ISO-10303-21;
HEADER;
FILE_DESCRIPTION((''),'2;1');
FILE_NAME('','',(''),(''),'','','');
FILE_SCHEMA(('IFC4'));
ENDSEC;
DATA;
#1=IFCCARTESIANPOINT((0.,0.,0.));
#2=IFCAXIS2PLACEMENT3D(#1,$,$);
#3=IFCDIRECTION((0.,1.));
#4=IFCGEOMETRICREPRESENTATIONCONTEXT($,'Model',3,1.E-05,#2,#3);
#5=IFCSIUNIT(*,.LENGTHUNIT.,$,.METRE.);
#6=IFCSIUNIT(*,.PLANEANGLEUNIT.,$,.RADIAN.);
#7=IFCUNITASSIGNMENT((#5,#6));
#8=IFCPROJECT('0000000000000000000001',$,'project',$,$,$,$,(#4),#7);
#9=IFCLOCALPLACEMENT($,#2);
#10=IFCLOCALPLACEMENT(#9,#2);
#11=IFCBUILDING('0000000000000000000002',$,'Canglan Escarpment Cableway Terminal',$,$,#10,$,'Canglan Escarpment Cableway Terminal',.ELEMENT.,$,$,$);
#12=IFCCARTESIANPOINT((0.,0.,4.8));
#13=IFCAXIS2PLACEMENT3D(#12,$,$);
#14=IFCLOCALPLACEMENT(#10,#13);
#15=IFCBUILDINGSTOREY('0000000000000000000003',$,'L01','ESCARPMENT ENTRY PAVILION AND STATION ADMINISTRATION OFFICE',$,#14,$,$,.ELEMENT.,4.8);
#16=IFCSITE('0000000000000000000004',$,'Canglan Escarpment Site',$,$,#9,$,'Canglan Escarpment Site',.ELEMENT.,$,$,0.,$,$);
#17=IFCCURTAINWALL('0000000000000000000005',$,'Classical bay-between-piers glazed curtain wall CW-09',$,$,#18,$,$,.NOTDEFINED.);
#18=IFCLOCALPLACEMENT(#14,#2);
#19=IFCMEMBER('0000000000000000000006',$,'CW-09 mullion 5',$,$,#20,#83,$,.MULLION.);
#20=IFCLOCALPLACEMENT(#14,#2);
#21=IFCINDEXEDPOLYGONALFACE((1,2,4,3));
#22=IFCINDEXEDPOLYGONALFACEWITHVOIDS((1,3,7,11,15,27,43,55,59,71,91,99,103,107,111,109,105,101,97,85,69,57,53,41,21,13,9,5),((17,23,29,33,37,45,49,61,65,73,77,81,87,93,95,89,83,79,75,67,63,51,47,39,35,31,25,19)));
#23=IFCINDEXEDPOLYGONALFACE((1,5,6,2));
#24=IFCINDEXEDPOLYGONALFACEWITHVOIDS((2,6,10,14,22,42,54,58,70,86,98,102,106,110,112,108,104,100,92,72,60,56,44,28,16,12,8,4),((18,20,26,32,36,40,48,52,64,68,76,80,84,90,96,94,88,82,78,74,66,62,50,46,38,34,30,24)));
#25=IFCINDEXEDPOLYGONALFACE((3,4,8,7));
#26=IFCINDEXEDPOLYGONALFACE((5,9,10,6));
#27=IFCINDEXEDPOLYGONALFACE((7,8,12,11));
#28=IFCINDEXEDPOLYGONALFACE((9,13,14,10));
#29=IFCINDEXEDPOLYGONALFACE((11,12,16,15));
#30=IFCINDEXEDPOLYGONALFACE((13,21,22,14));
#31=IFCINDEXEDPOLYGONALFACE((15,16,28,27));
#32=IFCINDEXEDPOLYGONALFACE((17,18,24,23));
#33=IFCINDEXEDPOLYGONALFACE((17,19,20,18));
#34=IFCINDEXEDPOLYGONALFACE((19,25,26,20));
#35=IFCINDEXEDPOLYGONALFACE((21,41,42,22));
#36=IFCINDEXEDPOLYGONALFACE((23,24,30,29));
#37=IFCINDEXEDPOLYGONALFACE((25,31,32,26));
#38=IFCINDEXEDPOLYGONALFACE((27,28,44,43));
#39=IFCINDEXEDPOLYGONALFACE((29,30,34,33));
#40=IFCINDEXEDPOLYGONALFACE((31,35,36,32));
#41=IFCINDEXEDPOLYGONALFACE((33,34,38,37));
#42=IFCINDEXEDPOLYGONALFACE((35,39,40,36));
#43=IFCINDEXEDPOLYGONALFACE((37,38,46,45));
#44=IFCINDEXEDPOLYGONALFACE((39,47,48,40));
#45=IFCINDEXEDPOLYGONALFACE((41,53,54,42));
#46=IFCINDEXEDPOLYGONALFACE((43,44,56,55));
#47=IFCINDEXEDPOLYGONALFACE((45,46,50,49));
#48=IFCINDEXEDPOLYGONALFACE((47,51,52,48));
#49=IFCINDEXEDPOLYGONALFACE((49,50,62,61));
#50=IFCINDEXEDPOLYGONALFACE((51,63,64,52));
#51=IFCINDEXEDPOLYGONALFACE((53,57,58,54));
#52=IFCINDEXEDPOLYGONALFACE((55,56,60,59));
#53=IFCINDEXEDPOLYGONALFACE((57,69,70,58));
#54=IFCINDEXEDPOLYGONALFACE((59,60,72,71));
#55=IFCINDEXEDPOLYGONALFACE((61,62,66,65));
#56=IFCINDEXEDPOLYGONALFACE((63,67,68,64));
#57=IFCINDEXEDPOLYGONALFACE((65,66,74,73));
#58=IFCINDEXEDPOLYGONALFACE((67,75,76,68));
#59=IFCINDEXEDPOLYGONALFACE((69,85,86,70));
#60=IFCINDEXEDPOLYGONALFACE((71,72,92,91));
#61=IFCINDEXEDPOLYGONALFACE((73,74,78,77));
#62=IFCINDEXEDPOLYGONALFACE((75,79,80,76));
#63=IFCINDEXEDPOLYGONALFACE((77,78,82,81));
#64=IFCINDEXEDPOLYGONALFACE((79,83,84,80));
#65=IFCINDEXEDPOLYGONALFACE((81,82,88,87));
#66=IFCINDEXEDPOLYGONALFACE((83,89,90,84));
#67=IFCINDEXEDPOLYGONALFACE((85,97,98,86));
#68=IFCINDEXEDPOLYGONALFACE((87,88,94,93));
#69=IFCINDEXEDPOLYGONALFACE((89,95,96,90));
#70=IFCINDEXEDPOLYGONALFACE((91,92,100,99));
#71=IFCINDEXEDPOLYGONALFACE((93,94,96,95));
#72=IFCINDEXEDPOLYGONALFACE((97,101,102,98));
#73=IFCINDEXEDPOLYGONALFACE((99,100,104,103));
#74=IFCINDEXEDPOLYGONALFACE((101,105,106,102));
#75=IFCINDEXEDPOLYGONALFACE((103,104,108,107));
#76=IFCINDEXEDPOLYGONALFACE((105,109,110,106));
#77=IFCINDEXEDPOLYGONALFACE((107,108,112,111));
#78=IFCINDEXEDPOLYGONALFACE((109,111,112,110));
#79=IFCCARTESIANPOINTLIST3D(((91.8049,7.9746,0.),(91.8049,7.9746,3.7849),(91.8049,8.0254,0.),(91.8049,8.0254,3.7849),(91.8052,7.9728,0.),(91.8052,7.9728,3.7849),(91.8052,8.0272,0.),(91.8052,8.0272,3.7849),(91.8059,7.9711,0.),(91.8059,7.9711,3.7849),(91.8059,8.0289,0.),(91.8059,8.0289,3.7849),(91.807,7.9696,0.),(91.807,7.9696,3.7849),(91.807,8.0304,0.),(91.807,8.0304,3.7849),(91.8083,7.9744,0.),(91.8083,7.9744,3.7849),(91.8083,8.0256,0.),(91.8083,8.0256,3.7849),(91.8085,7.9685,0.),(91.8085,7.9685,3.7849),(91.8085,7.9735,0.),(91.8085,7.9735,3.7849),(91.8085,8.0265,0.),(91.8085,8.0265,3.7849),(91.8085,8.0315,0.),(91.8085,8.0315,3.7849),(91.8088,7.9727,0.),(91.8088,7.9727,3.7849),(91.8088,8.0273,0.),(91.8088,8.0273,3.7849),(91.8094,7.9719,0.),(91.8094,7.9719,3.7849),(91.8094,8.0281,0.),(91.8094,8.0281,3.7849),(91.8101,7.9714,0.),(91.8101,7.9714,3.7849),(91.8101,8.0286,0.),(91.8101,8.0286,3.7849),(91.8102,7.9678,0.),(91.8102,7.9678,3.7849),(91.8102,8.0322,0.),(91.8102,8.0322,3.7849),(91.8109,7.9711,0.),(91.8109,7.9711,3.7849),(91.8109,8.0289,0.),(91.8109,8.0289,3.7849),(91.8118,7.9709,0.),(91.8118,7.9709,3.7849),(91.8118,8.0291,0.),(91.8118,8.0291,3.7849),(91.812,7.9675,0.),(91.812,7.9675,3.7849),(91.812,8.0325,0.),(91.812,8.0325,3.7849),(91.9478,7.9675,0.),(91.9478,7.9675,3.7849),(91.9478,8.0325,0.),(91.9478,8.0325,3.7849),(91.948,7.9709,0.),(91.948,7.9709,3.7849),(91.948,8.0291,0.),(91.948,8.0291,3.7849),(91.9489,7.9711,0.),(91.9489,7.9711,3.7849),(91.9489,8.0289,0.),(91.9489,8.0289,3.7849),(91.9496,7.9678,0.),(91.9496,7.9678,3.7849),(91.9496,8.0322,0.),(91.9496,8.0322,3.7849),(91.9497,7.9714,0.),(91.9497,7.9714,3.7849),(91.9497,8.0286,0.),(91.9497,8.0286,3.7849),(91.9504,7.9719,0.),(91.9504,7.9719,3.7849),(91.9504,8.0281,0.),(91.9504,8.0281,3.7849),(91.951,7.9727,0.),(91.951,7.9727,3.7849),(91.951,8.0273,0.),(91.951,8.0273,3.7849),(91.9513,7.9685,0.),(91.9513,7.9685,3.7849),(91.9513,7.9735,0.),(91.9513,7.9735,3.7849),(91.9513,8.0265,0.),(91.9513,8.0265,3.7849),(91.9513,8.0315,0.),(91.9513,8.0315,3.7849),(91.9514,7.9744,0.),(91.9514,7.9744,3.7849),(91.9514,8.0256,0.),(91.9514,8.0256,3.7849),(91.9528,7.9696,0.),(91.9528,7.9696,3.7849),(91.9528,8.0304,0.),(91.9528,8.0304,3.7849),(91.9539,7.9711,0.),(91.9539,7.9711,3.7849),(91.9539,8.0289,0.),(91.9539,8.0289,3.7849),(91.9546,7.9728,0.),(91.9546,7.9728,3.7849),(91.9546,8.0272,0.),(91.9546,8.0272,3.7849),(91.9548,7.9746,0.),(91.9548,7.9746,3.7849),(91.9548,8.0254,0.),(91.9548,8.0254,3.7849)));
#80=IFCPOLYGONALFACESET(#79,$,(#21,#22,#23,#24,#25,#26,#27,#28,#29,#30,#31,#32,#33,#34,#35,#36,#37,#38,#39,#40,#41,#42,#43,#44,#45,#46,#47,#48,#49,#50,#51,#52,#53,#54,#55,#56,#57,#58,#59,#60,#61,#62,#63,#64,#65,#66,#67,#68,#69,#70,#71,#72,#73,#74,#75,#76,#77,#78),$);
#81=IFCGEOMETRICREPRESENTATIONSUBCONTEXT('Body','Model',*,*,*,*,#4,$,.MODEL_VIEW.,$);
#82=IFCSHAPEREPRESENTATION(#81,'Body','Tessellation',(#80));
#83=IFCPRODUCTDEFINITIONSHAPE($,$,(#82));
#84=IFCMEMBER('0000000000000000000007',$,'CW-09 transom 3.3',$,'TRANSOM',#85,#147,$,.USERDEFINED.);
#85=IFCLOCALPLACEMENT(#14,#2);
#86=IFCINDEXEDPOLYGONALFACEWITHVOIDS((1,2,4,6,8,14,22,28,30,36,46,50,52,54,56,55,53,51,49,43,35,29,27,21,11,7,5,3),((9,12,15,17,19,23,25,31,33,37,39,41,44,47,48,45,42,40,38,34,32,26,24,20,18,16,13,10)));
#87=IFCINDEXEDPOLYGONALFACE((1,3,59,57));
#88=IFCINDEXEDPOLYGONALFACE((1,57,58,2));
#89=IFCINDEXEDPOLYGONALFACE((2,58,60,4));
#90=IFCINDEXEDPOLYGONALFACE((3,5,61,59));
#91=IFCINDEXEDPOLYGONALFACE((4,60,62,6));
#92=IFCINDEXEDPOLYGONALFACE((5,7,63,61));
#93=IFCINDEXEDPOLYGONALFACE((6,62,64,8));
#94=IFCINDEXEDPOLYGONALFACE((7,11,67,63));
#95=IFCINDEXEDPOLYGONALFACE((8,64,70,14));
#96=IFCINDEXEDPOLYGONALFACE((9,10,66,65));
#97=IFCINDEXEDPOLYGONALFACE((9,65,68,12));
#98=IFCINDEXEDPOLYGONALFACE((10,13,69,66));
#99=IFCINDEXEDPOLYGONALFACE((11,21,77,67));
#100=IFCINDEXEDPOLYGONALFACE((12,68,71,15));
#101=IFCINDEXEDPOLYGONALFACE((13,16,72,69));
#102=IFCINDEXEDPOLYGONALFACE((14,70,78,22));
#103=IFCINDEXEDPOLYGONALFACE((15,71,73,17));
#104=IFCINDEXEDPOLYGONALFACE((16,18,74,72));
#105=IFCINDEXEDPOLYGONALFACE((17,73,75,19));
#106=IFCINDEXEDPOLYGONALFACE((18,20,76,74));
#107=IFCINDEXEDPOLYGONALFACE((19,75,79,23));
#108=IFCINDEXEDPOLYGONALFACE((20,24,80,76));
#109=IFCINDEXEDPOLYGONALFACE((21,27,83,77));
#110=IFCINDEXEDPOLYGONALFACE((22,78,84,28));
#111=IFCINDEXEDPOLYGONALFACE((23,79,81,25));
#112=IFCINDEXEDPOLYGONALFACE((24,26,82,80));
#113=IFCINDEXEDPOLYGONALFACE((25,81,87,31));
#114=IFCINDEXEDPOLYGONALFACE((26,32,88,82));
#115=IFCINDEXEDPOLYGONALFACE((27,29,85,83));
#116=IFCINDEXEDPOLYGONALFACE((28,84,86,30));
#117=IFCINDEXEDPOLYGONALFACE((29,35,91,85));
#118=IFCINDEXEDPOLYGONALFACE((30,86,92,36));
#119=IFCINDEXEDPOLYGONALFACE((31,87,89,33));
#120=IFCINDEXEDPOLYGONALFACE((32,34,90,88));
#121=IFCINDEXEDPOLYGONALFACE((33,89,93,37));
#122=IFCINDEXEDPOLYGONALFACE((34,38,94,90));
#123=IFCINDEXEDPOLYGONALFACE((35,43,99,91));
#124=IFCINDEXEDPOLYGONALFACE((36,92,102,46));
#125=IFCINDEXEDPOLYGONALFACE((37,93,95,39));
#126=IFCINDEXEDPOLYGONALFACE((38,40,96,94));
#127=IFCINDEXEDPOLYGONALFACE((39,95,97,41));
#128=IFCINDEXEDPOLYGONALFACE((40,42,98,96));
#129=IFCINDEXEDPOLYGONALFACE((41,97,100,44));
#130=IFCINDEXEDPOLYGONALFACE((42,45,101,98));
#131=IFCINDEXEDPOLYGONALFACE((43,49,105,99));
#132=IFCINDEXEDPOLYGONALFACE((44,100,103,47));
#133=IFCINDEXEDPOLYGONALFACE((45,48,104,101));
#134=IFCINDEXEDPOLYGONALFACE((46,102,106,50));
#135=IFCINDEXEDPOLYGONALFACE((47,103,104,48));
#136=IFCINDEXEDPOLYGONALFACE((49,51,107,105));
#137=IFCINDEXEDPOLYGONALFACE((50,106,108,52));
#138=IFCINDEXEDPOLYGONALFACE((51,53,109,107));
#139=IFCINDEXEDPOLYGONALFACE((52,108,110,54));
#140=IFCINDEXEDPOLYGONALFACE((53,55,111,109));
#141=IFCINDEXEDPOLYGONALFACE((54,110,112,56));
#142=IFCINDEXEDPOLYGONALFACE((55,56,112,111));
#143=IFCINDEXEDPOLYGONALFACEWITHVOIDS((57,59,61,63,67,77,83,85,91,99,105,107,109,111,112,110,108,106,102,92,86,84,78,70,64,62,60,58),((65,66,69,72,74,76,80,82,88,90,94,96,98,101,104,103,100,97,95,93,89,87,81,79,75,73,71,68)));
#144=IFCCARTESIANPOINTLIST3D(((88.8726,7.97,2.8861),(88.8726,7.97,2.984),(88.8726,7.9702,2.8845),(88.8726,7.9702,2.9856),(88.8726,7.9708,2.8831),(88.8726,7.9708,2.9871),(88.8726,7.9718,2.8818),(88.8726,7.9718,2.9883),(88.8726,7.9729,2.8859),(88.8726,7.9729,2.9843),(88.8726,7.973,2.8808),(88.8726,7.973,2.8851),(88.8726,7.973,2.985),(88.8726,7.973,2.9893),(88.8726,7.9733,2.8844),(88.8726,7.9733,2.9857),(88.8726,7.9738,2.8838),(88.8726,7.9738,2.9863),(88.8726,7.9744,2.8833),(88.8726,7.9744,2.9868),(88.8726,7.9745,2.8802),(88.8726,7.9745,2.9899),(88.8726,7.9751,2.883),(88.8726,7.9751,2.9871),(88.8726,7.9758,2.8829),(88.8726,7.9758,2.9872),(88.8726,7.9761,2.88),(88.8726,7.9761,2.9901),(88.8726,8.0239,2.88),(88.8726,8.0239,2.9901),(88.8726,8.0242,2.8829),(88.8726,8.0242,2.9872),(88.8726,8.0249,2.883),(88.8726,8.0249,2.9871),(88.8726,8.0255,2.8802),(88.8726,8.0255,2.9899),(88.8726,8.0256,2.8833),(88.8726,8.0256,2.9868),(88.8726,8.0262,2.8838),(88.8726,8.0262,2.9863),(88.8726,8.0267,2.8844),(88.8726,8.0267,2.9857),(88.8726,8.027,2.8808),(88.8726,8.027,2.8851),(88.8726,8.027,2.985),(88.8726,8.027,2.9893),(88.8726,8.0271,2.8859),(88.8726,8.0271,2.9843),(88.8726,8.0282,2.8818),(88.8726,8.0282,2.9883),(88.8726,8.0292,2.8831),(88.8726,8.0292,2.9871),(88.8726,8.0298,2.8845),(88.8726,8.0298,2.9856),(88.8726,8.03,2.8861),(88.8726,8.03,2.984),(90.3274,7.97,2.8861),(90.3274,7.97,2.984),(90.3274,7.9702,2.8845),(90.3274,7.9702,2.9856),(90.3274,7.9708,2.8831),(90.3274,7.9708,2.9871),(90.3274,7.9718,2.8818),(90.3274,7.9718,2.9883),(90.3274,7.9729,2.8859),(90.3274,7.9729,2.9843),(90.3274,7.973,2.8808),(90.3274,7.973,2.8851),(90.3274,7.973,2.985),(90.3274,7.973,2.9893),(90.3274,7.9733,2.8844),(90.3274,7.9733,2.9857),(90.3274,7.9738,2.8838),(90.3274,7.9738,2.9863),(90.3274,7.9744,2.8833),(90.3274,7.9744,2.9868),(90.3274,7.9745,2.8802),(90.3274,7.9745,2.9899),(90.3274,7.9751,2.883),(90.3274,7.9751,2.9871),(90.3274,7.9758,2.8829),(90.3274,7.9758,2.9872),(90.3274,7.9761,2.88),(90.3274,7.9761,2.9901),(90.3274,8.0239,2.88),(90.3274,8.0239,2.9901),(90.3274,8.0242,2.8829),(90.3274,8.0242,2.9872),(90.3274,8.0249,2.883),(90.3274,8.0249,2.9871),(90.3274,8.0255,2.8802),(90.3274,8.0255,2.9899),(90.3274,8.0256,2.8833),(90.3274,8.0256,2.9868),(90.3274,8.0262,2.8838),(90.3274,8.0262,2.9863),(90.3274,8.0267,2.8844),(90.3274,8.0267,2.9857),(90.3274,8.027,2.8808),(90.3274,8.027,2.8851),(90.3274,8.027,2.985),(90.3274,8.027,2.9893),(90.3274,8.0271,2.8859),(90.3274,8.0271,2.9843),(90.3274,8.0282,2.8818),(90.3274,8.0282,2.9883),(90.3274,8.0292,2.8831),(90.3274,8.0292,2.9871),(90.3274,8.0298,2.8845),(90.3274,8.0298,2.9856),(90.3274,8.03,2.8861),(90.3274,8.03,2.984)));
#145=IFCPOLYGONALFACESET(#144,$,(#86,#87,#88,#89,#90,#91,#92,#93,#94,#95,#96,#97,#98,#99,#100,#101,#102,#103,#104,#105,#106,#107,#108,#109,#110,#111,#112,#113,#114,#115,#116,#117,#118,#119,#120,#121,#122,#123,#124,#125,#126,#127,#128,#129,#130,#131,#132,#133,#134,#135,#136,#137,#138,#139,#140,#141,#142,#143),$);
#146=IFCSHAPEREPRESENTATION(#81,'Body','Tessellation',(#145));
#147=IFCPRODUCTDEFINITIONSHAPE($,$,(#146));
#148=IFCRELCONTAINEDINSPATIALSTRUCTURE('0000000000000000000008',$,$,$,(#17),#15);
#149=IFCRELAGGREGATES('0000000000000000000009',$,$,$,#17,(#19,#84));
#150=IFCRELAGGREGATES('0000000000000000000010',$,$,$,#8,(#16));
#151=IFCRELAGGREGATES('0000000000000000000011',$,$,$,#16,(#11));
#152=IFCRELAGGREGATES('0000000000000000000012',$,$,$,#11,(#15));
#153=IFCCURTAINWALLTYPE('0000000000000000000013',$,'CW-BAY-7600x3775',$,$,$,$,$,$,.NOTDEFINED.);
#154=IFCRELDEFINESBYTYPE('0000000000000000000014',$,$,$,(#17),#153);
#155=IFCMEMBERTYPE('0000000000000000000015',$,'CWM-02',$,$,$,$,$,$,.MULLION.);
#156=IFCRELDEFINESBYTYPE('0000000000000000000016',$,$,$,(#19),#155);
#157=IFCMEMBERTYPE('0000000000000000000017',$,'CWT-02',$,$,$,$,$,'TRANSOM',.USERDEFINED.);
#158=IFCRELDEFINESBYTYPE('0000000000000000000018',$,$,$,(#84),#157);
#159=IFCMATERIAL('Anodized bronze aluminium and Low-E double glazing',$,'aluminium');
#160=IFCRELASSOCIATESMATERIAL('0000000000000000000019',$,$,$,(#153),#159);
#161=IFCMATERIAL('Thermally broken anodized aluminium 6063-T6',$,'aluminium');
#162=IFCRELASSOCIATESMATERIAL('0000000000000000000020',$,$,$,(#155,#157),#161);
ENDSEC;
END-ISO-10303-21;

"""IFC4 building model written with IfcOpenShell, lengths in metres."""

from ifc_helpers import new_model, si_unit, direction, frame, origin, origin_2d, place, context, subcontext, project, spatial, hollow_rectangle, extrude, material, material_profile, profile_set, type_object, element, aggregate, save


model = new_model("IFC4")

# Units and contexts
model_context = context("Model", 3, precision=1e-05, world=origin(), true_north=direction((0.0, 1.0)))
body_context = subcontext(model_context, "Body", "Model", "MODEL_VIEW")
ifc_project = project(units=[si_unit("LENGTHUNIT", "METRE"), si_unit("PLANEANGLEUNIT", "RADIAN")], contexts=[model_context])

# Site, building, storey
site_placement = place(None, origin())
site = spatial("IfcSite", under=ifc_project, at=site_placement, Name="Canglan Escarpment Site", LongName="Canglan Escarpment Site", CompositionType="ELEMENT", RefElevation=0.0)
building_placement = place(site_placement, origin())
building = spatial("IfcBuilding", under=site, at=building_placement, Name="Canglan Escarpment Cableway Terminal", LongName="Canglan Escarpment Cableway Terminal", CompositionType="ELEMENT")
storey_placement = place(building_placement, frame((0.0, 0.0, 4.8)))
storey = spatial("IfcBuildingStorey", under=building, at=storey_placement, Name="L01", Description="ESCARPMENT ENTRY PAVILION AND STATION ADMINISTRATION OFFICE", CompositionType="ELEMENT", Elevation=4.8)

# Curtain wall, members
ifc_material_1 = material(Name="Anodized bronze aluminium and Low-E double glazing", Category="aluminium")
curtain_wall_type = type_object("IfcCurtainWallType", Name="CW-BAY-7600x3775", PredefinedType="NOTDEFINED", material=ifc_material_1)
curtain_wall_placement = place(storey_placement, origin())
curtain_wall = element("IfcCurtainWall", 1, at=curtain_wall_placement, inside=storey, type_object=curtain_wall_type, Name="Classical bay-between-piers glazed curtain wall CW-09", PredefinedType="NOTDEFINED")
ifc_material_2 = material(Name="Thermally broken anodized aluminium 6063-T6", Category="aluminium")
ifc_material_profile_1 = material_profile(ifc_material_2, hollow_rectangle(XDim=0.0649, YDim=0.1499, WallThickness=0.0034, InnerFilletRadius=0.0034, OuterFilletRadius=0.0071, at=origin_2d()), Name="ALU-MULL 65x150x3.5")
ifc_profile_set_1 = profile_set([ifc_material_profile_1], Name="Thermally broken anodized aluminium 6063-T6")
member_type_1 = type_object("IfcMemberType", Name="CWM-02", PredefinedType="MULLION", material=ifc_profile_set_1)
member_1_placement = place(storey_placement, frame((91.8799, 8.0, 0.0), z_axis=(0.0, 0.0, 1.0), x_axis=(0.0, 1.0, 0.0)))
member_1 = element("IfcMember", 2, at=member_1_placement, type_object=member_type_1, Name="CW-09 mullion 5", PredefinedType="MULLION", context=body_context, shape_type="SweptSolid", body=[
    extrude(hollow_rectangle(XDim=0.0649, YDim=0.1499, WallThickness=0.0034, InnerFilletRadius=0.0034, OuterFilletRadius=0.0071, at=origin_2d()), origin(), (0.0, 0.0, 1.0), 3.7849),
])
ifc_material_profile_2 = material_profile(ifc_material_2, hollow_rectangle(XDim=0.0601, YDim=0.1101, WallThickness=0.0029, InnerFilletRadius=0.0029, OuterFilletRadius=0.0061, at=origin_2d()), Name="ALU-TRAN 60x110x3")
ifc_profile_set_2 = profile_set([ifc_material_profile_2], Name="Thermally broken anodized aluminium 6063-T6")
member_type_2 = type_object("IfcMemberType", Name="CWT-02", ElementType="TRANSOM", PredefinedType="USERDEFINED", material=ifc_profile_set_2)
member_2_placement = place(storey_placement, frame((88.8726, 8.0, 2.9351), z_axis=(1.0, 0.0, 0.0), x_axis=(0.0, 1.0, 0.0)))
member_2 = element("IfcMember", 3, at=member_2_placement, type_object=member_type_2, Name="CW-09 transom 3.3", ObjectType="TRANSOM", PredefinedType="USERDEFINED", context=body_context, shape_type="SweptSolid", body=[
    extrude(hollow_rectangle(XDim=0.0601, YDim=0.1101, WallThickness=0.0029, InnerFilletRadius=0.0029, OuterFilletRadius=0.0061, at=origin_2d()), origin(), (0.0, 0.0, 1.0), 1.4548),
])
aggregate(curtain_wall, [member_1, member_2])

save(model, "model.ifc")
